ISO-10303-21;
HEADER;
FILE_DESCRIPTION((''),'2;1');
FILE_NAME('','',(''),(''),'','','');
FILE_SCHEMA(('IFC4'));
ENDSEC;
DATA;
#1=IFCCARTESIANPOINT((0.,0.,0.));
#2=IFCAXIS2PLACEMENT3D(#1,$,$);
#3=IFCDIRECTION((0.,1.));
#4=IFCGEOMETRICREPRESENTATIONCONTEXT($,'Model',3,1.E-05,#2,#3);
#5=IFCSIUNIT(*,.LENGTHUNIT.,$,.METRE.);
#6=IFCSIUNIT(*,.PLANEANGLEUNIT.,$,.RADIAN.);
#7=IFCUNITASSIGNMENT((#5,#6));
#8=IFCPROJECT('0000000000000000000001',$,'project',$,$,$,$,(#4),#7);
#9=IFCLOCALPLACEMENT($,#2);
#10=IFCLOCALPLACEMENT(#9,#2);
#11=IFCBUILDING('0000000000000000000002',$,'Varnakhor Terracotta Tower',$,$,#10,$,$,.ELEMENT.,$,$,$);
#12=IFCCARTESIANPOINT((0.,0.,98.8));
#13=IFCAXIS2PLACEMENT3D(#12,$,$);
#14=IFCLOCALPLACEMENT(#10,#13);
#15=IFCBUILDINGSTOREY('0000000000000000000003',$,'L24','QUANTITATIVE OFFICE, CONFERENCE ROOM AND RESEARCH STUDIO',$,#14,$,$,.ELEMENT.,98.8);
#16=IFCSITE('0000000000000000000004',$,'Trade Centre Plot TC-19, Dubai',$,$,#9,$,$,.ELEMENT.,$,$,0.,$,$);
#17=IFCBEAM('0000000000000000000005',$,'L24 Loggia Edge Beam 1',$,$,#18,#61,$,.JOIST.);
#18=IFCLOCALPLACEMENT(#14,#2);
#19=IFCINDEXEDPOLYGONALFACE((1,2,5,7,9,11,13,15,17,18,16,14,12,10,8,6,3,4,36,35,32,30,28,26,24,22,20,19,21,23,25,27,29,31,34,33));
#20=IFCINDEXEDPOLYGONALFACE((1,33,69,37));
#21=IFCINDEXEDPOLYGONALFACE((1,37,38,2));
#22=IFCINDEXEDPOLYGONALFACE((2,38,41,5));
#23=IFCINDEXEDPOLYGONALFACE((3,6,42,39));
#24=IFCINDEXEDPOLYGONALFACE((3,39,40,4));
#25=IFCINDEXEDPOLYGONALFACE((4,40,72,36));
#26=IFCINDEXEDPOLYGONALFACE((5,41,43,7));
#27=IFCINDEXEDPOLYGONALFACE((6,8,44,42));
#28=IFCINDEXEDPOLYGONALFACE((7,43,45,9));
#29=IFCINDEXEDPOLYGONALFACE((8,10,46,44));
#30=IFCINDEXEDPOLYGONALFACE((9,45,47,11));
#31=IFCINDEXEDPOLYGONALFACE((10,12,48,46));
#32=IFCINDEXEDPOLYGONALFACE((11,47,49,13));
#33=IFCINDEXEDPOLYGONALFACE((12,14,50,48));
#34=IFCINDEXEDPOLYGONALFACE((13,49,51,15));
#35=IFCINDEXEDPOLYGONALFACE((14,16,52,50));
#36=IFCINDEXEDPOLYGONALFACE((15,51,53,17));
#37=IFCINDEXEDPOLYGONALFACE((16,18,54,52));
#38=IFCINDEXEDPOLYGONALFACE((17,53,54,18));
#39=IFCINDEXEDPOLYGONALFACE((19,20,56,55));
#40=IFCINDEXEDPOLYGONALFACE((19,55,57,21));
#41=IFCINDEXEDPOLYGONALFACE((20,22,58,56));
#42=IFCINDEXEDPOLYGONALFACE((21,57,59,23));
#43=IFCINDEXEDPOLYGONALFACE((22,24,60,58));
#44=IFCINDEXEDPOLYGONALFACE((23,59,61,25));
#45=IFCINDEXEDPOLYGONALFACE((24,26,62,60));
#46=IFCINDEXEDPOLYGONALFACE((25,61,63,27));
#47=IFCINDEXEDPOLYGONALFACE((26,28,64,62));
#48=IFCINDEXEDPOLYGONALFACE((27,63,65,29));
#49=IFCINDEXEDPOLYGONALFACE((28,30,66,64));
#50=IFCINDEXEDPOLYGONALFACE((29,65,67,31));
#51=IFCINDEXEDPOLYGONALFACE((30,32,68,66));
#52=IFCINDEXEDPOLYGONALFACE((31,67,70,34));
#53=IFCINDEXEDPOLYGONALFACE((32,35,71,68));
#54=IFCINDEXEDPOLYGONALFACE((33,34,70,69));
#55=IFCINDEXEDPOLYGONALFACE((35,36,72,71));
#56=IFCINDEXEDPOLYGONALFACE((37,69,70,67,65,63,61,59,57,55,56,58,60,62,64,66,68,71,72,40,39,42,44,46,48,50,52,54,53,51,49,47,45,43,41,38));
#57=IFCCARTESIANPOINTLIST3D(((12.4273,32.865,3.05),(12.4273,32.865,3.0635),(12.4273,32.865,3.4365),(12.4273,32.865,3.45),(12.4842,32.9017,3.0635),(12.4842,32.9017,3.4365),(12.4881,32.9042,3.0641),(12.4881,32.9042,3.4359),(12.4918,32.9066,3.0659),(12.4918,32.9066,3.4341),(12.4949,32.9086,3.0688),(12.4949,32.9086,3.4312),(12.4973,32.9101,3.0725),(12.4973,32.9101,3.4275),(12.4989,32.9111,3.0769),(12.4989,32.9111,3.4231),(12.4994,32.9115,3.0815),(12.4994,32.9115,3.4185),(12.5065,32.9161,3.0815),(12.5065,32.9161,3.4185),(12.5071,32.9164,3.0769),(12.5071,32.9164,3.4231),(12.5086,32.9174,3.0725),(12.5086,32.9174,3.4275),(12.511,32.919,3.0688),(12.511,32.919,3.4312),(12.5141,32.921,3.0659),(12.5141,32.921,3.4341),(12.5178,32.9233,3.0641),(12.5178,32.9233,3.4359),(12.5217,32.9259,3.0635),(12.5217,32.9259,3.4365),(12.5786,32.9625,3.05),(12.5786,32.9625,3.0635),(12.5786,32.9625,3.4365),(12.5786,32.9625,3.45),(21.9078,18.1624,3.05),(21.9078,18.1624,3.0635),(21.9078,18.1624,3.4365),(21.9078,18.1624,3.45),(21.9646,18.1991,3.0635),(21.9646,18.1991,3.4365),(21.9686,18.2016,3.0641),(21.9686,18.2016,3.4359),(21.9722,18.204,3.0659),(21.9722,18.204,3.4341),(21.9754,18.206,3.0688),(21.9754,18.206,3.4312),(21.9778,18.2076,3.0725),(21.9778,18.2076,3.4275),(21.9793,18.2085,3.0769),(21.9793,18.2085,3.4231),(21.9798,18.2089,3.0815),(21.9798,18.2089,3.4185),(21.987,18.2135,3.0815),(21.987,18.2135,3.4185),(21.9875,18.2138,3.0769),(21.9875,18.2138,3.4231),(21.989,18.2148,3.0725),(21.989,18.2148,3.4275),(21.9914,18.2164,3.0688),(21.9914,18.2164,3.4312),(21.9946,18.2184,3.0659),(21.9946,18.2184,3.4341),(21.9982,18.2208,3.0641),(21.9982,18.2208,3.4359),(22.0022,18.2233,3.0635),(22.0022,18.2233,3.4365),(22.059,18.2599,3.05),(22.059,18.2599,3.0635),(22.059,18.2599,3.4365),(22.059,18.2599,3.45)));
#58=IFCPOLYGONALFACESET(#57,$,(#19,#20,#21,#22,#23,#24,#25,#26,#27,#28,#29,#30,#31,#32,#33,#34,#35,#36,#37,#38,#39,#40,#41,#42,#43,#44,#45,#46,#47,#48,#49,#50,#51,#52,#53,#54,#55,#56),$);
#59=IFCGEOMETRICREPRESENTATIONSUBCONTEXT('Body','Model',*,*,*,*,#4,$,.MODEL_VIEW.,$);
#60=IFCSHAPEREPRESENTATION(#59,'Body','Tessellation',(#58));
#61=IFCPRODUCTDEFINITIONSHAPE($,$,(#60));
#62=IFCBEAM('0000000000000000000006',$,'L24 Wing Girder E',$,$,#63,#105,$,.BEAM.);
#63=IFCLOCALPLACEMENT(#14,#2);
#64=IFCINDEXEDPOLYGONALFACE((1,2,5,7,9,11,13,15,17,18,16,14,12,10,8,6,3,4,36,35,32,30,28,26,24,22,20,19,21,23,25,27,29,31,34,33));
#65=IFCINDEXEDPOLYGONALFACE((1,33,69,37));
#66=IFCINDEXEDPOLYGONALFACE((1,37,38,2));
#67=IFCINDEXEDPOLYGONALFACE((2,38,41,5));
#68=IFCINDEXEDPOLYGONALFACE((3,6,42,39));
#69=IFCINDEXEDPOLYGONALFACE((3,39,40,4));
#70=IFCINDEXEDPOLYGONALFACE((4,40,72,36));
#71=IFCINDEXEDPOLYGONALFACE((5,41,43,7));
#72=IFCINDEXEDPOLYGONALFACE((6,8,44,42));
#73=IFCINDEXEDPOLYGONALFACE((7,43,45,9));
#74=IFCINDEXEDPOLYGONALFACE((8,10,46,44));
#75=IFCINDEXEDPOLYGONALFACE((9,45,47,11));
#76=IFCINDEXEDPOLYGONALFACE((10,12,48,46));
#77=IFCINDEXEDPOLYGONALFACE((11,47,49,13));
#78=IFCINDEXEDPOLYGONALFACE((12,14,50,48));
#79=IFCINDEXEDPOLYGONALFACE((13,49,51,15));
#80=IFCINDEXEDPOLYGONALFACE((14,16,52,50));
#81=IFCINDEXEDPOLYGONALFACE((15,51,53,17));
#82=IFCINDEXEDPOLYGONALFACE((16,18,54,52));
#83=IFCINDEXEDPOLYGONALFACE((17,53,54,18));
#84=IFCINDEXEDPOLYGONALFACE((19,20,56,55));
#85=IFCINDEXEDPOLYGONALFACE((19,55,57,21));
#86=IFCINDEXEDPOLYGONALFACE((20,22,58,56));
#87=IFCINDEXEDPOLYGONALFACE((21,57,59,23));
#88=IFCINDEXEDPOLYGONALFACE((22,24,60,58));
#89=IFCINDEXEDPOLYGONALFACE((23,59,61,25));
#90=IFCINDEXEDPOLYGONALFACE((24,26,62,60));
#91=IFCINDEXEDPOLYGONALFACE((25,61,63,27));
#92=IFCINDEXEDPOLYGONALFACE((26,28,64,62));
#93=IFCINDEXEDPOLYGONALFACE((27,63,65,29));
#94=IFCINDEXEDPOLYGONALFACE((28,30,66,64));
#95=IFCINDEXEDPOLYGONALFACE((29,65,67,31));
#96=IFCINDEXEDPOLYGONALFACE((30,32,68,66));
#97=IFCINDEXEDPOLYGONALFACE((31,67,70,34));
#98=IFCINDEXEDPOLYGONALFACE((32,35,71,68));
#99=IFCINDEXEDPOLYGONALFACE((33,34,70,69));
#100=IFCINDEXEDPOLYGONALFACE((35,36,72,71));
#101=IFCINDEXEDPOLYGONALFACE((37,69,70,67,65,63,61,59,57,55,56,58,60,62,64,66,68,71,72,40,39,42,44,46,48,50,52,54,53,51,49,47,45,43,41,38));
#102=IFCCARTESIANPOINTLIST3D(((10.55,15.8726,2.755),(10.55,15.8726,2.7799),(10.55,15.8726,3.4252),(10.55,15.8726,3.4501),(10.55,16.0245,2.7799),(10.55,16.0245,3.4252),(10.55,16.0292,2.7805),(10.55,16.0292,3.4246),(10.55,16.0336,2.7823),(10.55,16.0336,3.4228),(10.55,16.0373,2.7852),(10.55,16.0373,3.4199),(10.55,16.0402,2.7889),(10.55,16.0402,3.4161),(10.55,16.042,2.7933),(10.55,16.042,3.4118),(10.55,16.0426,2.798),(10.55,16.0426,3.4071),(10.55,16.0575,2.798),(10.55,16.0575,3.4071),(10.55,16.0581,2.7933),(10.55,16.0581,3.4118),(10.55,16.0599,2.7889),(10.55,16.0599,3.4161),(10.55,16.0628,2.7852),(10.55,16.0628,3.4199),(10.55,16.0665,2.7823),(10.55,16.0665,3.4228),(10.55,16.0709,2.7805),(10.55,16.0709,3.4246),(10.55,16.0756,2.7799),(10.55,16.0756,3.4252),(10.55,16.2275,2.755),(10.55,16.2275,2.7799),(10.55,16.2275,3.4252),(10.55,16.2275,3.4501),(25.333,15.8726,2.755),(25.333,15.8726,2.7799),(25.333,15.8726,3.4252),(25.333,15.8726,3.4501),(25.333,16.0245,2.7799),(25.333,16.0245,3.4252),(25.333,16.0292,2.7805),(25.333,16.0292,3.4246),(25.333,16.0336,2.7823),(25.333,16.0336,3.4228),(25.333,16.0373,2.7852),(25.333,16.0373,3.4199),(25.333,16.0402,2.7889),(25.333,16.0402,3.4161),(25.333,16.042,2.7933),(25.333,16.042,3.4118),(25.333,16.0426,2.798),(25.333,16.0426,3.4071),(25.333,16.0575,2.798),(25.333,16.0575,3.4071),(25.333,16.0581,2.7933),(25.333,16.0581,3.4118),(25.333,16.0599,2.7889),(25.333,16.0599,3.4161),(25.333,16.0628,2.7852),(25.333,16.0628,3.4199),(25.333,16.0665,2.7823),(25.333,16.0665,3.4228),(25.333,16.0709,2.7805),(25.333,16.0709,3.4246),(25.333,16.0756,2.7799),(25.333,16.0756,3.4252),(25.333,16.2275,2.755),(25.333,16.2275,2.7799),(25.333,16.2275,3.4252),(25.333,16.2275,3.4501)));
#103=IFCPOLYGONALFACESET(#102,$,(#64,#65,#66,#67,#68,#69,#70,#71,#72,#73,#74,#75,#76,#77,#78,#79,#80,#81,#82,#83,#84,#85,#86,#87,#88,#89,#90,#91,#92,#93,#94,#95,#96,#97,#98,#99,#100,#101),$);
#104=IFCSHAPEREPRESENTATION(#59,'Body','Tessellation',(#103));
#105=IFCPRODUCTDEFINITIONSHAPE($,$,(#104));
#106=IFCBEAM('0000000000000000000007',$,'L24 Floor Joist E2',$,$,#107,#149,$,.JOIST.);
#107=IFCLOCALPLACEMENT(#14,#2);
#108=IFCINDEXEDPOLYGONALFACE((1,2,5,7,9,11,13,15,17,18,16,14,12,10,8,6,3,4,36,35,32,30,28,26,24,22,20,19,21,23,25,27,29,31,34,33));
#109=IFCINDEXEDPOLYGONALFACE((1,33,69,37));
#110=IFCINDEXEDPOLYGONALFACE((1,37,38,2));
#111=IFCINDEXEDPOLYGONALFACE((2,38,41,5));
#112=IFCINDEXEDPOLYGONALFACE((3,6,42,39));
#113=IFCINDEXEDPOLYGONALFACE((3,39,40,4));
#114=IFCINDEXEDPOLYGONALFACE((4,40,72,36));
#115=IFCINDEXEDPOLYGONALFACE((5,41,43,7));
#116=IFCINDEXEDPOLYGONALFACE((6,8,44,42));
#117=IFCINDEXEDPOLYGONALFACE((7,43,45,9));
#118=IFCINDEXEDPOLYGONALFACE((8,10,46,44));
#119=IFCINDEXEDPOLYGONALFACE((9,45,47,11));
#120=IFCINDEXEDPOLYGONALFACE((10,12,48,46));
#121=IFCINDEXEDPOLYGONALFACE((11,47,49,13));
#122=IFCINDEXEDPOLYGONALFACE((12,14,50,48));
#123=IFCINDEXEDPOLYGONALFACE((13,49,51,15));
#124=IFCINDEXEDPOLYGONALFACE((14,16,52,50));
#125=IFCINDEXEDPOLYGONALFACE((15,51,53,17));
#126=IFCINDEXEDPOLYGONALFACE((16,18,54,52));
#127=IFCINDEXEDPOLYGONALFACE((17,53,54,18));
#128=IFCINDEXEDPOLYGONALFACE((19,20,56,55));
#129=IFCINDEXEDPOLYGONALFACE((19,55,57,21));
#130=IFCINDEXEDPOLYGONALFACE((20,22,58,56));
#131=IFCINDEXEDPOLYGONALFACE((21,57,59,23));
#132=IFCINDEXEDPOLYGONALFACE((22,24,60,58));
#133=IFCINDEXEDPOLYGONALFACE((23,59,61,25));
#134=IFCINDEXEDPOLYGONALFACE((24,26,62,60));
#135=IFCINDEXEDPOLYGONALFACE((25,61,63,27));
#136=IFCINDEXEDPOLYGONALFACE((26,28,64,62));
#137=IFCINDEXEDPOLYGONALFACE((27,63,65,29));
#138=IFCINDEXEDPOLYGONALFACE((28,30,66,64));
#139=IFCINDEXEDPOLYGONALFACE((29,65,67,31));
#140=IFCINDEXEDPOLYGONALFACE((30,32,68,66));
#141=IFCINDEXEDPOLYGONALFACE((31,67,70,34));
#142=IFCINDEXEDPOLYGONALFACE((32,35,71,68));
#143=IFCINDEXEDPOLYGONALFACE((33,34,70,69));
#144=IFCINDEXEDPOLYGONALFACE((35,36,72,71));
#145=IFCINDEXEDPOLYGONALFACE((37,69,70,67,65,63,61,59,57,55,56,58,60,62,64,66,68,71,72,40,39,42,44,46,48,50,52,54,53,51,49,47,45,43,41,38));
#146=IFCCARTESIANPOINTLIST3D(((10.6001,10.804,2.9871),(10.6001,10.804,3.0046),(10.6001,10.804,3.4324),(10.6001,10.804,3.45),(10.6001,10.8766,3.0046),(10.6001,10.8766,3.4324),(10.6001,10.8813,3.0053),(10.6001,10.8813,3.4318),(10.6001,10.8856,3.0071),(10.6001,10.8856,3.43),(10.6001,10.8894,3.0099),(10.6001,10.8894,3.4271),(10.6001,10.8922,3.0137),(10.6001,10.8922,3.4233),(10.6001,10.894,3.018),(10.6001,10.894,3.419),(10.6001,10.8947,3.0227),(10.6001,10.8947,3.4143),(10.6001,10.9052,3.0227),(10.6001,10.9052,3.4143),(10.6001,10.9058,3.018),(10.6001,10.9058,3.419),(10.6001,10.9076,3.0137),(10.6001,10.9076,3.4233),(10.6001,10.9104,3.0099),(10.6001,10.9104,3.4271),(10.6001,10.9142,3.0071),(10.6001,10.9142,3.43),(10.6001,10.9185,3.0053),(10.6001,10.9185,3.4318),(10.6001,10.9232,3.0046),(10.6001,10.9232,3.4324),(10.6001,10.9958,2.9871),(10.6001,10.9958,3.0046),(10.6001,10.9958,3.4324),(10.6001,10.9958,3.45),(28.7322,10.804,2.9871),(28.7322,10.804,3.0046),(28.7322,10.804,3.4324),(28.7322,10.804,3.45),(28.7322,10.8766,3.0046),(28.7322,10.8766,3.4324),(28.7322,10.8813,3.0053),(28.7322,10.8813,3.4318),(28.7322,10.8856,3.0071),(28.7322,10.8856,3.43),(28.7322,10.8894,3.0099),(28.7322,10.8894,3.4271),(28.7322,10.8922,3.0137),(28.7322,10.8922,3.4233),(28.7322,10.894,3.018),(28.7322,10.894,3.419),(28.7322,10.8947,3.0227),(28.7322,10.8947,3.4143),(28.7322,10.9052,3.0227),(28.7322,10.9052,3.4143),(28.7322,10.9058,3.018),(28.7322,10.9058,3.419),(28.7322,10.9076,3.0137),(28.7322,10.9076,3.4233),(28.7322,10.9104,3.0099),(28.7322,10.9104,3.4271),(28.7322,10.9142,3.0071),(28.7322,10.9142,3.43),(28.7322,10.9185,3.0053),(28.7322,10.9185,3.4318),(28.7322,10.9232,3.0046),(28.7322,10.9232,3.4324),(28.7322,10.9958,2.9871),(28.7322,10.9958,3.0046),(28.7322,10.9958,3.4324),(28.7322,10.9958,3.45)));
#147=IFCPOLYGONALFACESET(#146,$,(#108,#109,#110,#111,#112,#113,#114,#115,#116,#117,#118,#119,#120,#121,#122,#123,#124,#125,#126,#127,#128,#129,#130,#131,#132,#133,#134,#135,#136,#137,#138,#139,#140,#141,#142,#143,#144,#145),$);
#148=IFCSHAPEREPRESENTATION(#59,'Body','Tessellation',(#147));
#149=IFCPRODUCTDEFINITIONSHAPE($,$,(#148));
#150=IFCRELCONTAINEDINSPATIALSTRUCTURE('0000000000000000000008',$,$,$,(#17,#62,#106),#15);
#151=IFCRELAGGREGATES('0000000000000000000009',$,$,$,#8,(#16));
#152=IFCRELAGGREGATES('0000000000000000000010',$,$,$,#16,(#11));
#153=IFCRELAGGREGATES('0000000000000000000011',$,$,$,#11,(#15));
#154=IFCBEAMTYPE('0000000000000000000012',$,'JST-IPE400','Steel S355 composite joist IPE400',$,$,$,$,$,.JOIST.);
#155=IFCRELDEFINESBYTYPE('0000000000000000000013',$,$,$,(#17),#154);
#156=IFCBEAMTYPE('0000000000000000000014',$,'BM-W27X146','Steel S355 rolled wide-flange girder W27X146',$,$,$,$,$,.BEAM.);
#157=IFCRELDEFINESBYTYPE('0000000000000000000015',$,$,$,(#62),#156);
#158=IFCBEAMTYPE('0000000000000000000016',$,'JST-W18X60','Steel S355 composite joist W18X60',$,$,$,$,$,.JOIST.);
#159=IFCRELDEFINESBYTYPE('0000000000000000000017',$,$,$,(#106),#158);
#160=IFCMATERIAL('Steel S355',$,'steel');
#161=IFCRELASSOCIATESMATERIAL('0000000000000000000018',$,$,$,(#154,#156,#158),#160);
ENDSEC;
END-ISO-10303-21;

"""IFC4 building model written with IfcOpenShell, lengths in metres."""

from ifc_helpers import new_model, si_unit, direction, frame, origin, origin_2d, place, context, subcontext, project, spatial, i_section, extrude, source, transform, mapped, material, material_profile, profile_set, type_object, element, save


model = new_model("IFC4")

# Units and contexts
model_context = context("Model", 3, precision=1e-05, world=origin(), true_north=direction((0.0, 1.0)))
body_context = subcontext(model_context, "Body", "Model", "MODEL_VIEW")
ifc_project = project(units=[si_unit("LENGTHUNIT", "METRE"), si_unit("PLANEANGLEUNIT", "RADIAN")], contexts=[model_context])

# Site, building, storey
site_placement = place(None, origin())
site = spatial("IfcSite", under=ifc_project, at=site_placement, Name="Trade Centre Plot TC-19, Dubai", CompositionType="ELEMENT", RefElevation=0.0)
building_placement = place(site_placement, origin())
building = spatial("IfcBuilding", under=site, at=building_placement, Name="Varnakhor Terracotta Tower", CompositionType="ELEMENT")
storey_placement = place(building_placement, frame((0.0, 0.0, 98.8)))
storey = spatial("IfcBuildingStorey", under=building, at=storey_placement, Name="L24", Description="QUANTITATIVE OFFICE, CONFERENCE ROOM AND RESEARCH STUDIO", CompositionType="ELEMENT", Elevation=98.8)

# Beams
ifc_material_1 = material(Name="Steel S355", Category="steel")
ifc_material_profile_1 = material_profile(ifc_material_1, i_section(OverallWidth=0.1799, OverallDepth=0.3999, WebThickness=0.0085, FlangeThickness=0.0134, FilletRadius=0.0181, at=origin_2d()), Name="IPE400")
ifc_profile_set_1 = profile_set([ifc_material_profile_1], Name="Steel S355")
beam_type_1 = type_object("IfcBeamType", Name="JST-IPE400", Description="Steel S355 composite joist IPE400", PredefinedType="JOIST", material=ifc_profile_set_1)
shared_shape_1 = source(origin(), body_context, "Body", "SweptSolid", [
    extrude(i_section(OverallWidth=0.1799, OverallDepth=0.3999, WebThickness=0.0085, FlangeThickness=0.0134, FilletRadius=0.0181, at=origin_2d()), origin(), (0.0, 0.0, 1.0), 17.4941),
])
beam_1_placement = place(storey_placement, frame((21.9834, 18.2112, 3.25), z_axis=(-0.541921, 0.84043, 0.0), x_axis=(-0.84043, -0.541921, 0.0)))
element("IfcBeam", 1, at=beam_1_placement, inside=storey, type_object=beam_type_1, Name="L24 Loggia Edge Beam 1", PredefinedType="JOIST", context=body_context, shape_type="MappedRepresentation", body=[
    mapped(shared_shape_1, transform((0.0, 0.0, 0.0), scale=1.0)),
])
ifc_material_profile_2 = material_profile(ifc_material_1, i_section(OverallWidth=0.355, OverallDepth=0.6951, WebThickness=0.0149, FlangeThickness=0.0249, FilletRadius=0.0181, at=origin_2d()), Name="W27X146")
ifc_profile_set_2 = profile_set([ifc_material_profile_2], Name="Steel S355")
beam_type_2 = type_object("IfcBeamType", Name="BM-W27X146", Description="Steel S355 rolled wide-flange girder W27X146", PredefinedType="BEAM", material=ifc_profile_set_2)
shared_shape_2 = source(origin(), body_context, "Body", "SweptSolid", [
    extrude(i_section(OverallWidth=0.355, OverallDepth=0.6951, WebThickness=0.0149, FlangeThickness=0.0249, FilletRadius=0.0181, at=origin_2d()), origin(), (0.0, 0.0, 1.0), 14.783),
])
beam_2_placement = place(storey_placement, frame((10.55, 16.05, 3.1025), z_axis=(1.0, 0.0, 0.0), x_axis=(0.0, 1.0, 0.0)))
element("IfcBeam", 2, at=beam_2_placement, inside=storey, type_object=beam_type_2, Name="L24 Wing Girder E", PredefinedType="BEAM", context=body_context, shape_type="MappedRepresentation", body=[
    mapped(shared_shape_2, transform((0.0, 0.0, 0.0), scale=1.0)),
])
ifc_material_profile_3 = material_profile(ifc_material_1, i_section(OverallWidth=0.1919, OverallDepth=0.4629, WebThickness=0.0105, FlangeThickness=0.0176, FilletRadius=0.0181, at=origin_2d()), Name="W18X60")
ifc_profile_set_3 = profile_set([ifc_material_profile_3], Name="Steel S355")
beam_type_3 = type_object("IfcBeamType", Name="JST-W18X60", Description="Steel S355 composite joist W18X60", PredefinedType="JOIST", material=ifc_profile_set_3)
shared_shape_3 = source(origin(), body_context, "Body", "SweptSolid", [
    extrude(i_section(OverallWidth=0.1919, OverallDepth=0.4629, WebThickness=0.0105, FlangeThickness=0.0176, FilletRadius=0.0181, at=origin_2d()), origin(), (0.0, 0.0, 1.0), 18.1321),
])
beam_3_placement = place(storey_placement, frame((10.6001, 10.8999, 3.2185), z_axis=(1.0, 0.0, 0.0), x_axis=(0.0, 1.0, 0.0)))
element("IfcBeam", 3, at=beam_3_placement, inside=storey, type_object=beam_type_3, Name="L24 Floor Joist E2", PredefinedType="JOIST", context=body_context, shape_type="MappedRepresentation", body=[
    mapped(shared_shape_3, transform((0.0, 0.0, 0.0), scale=1.0)),
])

save(model, "model.ifc")
